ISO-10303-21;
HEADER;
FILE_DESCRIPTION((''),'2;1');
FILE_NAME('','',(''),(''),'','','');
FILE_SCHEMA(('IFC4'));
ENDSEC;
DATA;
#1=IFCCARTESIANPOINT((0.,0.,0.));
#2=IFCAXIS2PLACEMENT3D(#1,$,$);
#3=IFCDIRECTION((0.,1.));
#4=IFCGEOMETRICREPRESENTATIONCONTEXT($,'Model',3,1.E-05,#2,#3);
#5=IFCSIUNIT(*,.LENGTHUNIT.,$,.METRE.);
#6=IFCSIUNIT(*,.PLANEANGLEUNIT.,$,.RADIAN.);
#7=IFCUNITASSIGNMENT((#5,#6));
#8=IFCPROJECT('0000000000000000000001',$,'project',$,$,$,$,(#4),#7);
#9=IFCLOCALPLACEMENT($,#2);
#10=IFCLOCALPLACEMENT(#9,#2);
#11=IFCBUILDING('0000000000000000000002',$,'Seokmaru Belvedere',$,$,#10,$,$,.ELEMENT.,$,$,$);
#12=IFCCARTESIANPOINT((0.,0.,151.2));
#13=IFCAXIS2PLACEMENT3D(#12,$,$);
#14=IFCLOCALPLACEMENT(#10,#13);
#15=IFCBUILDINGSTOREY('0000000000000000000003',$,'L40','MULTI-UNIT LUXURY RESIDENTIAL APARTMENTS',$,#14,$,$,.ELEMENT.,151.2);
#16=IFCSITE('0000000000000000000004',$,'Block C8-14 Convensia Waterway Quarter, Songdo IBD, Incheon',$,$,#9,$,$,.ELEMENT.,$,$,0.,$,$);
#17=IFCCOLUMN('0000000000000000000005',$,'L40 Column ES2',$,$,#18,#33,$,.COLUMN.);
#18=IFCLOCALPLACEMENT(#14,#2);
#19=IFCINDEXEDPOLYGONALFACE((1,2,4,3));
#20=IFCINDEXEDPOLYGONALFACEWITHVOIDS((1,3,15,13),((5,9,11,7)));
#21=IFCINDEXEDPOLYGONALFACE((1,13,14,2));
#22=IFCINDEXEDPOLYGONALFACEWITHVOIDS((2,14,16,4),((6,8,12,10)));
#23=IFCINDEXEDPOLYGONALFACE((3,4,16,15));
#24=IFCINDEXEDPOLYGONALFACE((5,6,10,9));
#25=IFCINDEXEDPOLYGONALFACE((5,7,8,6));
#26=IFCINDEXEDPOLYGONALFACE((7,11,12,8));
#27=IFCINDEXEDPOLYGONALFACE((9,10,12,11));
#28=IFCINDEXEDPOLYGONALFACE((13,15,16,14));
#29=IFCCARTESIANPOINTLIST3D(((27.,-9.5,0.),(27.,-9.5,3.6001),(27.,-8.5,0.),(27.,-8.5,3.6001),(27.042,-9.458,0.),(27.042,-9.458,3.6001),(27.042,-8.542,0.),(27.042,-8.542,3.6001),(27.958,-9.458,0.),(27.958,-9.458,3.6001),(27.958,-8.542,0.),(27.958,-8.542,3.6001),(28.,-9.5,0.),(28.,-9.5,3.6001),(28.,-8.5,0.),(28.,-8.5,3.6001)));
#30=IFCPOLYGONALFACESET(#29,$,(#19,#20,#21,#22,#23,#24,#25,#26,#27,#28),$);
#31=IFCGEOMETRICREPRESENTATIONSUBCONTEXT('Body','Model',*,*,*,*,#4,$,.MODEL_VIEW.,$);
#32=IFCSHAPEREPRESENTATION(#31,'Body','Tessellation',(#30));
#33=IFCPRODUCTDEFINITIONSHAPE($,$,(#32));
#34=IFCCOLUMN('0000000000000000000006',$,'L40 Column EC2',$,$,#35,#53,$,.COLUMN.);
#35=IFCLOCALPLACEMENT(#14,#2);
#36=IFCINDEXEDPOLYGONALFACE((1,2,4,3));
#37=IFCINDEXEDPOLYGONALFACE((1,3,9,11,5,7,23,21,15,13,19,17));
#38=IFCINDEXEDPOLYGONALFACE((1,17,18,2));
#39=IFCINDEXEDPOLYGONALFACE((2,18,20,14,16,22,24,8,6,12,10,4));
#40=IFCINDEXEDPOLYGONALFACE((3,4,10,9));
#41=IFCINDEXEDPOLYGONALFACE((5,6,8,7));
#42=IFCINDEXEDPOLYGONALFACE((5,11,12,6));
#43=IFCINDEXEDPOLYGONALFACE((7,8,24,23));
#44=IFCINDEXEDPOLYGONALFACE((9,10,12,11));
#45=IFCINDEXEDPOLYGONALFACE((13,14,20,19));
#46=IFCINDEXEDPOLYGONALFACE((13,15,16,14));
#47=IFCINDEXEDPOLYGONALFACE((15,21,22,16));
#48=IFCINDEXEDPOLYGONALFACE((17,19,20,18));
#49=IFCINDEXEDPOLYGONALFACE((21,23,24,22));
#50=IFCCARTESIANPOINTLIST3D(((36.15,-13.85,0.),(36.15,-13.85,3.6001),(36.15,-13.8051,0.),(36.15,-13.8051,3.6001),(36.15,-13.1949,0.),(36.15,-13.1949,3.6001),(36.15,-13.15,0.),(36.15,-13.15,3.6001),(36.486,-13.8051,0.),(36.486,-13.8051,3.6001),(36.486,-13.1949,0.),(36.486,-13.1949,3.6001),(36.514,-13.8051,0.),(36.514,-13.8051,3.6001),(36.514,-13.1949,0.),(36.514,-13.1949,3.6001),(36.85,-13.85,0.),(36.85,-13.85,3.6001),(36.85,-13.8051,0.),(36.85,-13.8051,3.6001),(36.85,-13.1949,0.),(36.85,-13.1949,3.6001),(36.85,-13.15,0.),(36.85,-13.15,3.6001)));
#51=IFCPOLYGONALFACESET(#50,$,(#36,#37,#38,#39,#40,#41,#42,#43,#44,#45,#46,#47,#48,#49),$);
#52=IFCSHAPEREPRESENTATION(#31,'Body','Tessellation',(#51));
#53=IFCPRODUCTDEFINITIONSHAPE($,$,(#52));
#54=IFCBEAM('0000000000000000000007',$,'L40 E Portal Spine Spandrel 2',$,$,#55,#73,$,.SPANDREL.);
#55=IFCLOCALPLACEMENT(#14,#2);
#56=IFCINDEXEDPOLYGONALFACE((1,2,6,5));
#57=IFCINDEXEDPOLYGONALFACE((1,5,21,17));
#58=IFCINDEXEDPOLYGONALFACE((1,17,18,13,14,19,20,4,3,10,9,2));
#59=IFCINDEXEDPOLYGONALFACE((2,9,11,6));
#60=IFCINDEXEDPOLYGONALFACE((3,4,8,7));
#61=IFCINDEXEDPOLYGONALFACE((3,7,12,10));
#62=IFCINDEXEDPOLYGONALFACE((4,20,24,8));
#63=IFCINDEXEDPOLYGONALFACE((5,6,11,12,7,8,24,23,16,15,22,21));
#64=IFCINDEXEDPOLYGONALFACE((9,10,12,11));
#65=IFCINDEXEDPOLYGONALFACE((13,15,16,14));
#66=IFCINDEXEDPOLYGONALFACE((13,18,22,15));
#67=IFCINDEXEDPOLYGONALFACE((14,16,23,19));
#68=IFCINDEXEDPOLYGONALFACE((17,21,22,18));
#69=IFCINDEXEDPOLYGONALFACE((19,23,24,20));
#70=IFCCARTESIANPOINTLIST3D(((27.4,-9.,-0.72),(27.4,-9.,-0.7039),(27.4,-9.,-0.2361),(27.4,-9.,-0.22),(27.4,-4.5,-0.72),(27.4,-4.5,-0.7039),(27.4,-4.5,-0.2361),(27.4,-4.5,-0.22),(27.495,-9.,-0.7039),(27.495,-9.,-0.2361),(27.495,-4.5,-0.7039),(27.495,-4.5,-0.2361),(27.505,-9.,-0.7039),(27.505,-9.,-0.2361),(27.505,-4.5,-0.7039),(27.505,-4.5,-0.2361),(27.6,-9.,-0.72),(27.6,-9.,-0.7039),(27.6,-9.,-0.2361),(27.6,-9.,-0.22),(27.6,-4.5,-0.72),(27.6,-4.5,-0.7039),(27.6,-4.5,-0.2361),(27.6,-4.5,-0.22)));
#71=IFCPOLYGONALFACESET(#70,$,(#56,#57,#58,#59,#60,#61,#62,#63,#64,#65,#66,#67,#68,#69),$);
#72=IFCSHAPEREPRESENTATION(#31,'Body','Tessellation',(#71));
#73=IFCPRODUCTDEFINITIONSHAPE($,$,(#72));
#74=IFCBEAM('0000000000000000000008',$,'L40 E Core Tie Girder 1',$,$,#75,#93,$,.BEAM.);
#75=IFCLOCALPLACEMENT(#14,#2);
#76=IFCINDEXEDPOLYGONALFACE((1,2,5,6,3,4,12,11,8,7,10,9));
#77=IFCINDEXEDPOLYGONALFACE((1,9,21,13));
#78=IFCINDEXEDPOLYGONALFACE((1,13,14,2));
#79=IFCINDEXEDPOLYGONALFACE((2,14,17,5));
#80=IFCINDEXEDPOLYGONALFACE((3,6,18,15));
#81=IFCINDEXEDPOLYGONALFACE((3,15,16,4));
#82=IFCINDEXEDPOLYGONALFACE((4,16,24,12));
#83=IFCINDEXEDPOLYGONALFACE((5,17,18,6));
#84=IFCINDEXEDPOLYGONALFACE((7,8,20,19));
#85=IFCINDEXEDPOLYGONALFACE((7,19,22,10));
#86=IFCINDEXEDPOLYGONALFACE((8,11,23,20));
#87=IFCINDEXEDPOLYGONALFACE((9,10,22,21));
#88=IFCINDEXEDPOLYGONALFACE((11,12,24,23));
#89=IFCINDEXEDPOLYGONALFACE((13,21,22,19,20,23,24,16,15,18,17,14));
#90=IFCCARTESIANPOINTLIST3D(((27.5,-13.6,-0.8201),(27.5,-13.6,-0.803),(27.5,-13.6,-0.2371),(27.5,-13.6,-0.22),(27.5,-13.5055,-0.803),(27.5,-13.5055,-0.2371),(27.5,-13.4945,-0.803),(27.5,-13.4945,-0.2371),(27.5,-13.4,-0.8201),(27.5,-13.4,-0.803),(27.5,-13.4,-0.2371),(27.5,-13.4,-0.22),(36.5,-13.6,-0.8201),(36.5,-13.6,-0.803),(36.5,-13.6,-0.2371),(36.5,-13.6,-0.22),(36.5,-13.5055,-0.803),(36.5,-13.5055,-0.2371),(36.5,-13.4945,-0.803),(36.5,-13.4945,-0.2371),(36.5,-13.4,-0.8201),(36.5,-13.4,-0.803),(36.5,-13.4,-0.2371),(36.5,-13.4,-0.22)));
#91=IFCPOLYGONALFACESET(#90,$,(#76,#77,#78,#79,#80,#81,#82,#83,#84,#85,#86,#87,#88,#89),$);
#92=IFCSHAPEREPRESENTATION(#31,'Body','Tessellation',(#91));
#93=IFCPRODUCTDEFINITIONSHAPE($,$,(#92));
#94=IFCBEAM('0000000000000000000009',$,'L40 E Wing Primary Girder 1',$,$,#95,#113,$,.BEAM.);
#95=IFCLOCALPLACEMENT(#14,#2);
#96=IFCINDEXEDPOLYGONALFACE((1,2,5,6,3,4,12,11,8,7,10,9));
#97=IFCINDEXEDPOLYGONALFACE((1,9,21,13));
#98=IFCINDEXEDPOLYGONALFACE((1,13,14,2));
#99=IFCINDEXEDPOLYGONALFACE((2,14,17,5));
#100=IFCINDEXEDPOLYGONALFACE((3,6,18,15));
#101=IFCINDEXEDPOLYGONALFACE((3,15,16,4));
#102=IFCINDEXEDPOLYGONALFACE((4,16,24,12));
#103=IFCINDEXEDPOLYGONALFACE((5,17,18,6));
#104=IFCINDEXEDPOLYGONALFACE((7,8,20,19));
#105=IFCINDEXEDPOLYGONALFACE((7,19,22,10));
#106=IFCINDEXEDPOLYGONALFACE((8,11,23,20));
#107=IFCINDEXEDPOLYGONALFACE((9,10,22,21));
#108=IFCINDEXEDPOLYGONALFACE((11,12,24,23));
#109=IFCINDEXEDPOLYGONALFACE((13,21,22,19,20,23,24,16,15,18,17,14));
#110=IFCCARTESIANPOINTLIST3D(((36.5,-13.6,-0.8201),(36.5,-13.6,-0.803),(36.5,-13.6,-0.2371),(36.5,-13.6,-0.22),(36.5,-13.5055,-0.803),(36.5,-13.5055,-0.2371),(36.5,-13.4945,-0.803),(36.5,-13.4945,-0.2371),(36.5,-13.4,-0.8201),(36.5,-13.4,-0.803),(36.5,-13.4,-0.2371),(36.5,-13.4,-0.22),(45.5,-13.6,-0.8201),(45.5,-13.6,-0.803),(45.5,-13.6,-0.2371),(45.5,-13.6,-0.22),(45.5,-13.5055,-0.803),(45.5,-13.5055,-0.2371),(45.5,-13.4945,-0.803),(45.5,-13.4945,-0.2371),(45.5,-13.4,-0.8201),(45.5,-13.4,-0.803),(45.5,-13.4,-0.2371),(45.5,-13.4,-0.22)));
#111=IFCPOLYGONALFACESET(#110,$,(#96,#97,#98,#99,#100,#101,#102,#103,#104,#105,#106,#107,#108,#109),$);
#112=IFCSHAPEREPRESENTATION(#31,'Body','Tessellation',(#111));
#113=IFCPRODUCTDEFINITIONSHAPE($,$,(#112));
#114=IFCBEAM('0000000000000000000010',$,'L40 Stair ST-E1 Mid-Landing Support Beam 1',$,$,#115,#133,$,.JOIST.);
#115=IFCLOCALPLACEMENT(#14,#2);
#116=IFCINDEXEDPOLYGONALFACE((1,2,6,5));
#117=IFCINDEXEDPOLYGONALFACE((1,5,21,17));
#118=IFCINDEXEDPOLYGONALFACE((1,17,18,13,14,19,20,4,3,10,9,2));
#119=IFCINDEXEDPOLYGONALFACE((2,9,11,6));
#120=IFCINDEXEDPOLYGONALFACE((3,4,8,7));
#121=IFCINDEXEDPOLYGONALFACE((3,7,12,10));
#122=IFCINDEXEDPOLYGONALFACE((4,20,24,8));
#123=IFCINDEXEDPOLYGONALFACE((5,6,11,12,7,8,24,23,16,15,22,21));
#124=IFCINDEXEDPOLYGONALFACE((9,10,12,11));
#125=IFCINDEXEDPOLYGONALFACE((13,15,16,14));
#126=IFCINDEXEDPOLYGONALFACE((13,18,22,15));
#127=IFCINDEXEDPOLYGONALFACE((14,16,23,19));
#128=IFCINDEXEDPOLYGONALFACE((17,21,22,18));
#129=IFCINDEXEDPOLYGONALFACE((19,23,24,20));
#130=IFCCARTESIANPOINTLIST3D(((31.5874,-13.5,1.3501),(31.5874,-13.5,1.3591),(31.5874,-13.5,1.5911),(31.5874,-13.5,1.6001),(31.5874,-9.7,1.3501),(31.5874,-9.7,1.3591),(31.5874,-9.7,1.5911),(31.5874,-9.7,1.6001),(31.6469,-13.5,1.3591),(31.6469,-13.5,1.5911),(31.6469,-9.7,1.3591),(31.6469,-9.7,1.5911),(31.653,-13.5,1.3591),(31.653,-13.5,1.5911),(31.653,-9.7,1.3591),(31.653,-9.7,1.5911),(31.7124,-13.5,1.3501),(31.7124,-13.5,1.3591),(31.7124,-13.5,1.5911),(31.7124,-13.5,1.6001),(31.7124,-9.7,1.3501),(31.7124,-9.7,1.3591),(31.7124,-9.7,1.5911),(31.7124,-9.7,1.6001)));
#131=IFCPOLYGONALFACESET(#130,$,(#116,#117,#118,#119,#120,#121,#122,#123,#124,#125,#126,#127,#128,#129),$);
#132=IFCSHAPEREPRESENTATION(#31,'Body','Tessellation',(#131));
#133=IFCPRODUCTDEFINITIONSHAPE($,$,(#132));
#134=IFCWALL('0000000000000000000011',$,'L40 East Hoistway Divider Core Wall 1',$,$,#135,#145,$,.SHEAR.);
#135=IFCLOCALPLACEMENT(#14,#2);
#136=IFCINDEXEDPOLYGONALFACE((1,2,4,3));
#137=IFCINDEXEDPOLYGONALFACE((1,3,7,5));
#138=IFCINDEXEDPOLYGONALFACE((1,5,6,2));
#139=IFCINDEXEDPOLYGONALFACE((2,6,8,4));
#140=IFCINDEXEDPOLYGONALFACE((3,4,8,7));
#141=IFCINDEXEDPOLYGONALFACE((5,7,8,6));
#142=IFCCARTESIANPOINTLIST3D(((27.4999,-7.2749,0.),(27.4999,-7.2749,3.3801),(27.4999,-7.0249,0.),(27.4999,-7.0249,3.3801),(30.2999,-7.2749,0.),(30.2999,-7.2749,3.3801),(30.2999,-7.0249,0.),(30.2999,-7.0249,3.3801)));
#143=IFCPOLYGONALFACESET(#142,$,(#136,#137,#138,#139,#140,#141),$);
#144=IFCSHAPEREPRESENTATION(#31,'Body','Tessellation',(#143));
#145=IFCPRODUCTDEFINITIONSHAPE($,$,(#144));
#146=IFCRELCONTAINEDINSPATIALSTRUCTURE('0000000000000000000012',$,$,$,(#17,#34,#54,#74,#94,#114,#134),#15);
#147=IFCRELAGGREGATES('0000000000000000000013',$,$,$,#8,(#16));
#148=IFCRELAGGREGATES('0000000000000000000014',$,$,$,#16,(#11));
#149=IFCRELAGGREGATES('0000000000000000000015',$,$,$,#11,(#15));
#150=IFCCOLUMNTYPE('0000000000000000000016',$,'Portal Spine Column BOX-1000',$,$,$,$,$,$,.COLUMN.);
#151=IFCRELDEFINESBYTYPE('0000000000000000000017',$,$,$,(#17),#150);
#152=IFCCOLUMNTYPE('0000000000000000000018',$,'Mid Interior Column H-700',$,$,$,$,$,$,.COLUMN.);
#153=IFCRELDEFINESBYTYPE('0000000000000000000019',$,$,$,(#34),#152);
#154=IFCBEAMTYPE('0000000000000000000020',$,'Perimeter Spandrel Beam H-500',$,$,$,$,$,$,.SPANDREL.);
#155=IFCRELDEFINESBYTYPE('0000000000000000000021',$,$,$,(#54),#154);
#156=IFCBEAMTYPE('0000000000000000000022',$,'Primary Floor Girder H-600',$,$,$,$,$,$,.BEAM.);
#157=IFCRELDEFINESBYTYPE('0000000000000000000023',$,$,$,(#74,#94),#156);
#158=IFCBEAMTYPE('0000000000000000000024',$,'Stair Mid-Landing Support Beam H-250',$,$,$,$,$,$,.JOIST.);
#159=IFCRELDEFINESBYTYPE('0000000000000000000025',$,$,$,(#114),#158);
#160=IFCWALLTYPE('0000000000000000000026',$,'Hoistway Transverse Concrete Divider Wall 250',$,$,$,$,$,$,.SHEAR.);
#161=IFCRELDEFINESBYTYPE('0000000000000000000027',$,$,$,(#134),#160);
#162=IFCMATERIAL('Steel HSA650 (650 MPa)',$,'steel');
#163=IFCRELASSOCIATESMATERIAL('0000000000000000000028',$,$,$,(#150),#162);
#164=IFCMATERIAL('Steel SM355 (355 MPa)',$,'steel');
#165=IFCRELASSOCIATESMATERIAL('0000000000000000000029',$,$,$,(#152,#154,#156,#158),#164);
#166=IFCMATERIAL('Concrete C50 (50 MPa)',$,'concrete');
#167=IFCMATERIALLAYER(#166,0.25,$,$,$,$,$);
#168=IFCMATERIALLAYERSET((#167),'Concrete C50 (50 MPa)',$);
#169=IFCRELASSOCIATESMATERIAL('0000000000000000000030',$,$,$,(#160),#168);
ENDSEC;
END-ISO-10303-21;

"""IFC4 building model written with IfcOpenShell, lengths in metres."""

from ifc_helpers import new_model, si_unit, direction, frame, frame_2d, origin, origin_2d, place, context, subcontext, project, spatial, rectangle, hollow_rectangle, i_section, extrude, source, transform, mapped, material, layer, layer_set, material_profile, profile_set, type_object, type_shapes, element, save


model = new_model("IFC4")

# Units and contexts
model_context = context("Model", 3, precision=1e-05, world=origin(), true_north=direction((0.0, 1.0)))
body_context = subcontext(model_context, "Body", "Model", "MODEL_VIEW")
ifc_project = project(units=[si_unit("LENGTHUNIT", "METRE"), si_unit("PLANEANGLEUNIT", "RADIAN")], contexts=[model_context])

# Site, building, storey
site_placement = place(None, origin())
site = spatial("IfcSite", under=ifc_project, at=site_placement, Name="Block C8-14 Convensia Waterway Quarter, Songdo IBD, Incheon", CompositionType="ELEMENT", RefElevation=0.0)
building_placement = place(site_placement, origin())
building = spatial("IfcBuilding", under=site, at=building_placement, Name="Seokmaru Belvedere", CompositionType="ELEMENT")
storey_placement = place(building_placement, frame((0.0, 0.0, 151.2)))
storey = spatial("IfcBuildingStorey", under=building, at=storey_placement, Name="L40", Description="MULTI-UNIT LUXURY RESIDENTIAL APARTMENTS", CompositionType="ELEMENT", Elevation=151.2)

# Columns
ifc_material_1 = material(Name="Steel HSA650 (650 MPa)", Category="steel")
ifc_material_profile_1 = material_profile(ifc_material_1, hollow_rectangle(XDim=1.0, YDim=1.0, WallThickness=0.042, at=origin_2d()), Name="BOX-1000x1000x42")
ifc_profile_set_1 = profile_set([ifc_material_profile_1], Name="Steel HSA650 (650 MPa)")
column_type_1 = type_object("IfcColumnType", Name="Portal Spine Column BOX-1000", PredefinedType="COLUMN", material=ifc_profile_set_1)
shared_shape_1 = source(origin(), body_context, "Body", "SweptSolid", [
    extrude(hollow_rectangle(XDim=1.0, YDim=1.0, WallThickness=0.042, at=origin_2d()), origin(), (0.0, 0.0, 1.0), 3.6001),
])
type_shapes(column_type_1, [shared_shape_1])
column_1_placement = place(storey_placement, frame((27.5, -9.0, 0.0), z_axis=(0.0, 0.0, 1.0), x_axis=(1.0, 0.0, 0.0)))
element("IfcColumn", 1, at=column_1_placement, inside=storey, type_object=column_type_1, Name="L40 Column ES2", PredefinedType="COLUMN", context=body_context, shape_type="MappedRepresentation", body=[
    mapped(shared_shape_1, transform((0.0, 0.0, 0.0), scale=1.0)),
])
ifc_material_2 = material(Name="Steel SM355 (355 MPa)", Category="steel")
ifc_material_profile_2 = material_profile(ifc_material_2, i_section(OverallWidth=0.7, OverallDepth=0.7, WebThickness=0.0281, FlangeThickness=0.0449, at=origin_2d()), Name="H-700x700x28x45")
ifc_profile_set_2 = profile_set([ifc_material_profile_2], Name="Steel SM355 (355 MPa)")
column_type_2 = type_object("IfcColumnType", Name="Mid Interior Column H-700", PredefinedType="COLUMN", material=ifc_profile_set_2)
shared_shape_2 = source(origin(), body_context, "Body", "SweptSolid", [
    extrude(i_section(OverallWidth=0.7, OverallDepth=0.7, WebThickness=0.0281, FlangeThickness=0.0449, at=origin_2d()), origin(), (0.0, 0.0, 1.0), 3.6001),
])
type_shapes(column_type_2, [shared_shape_2])
column_2_placement = place(storey_placement, frame((36.5, -13.5, 0.0), z_axis=(0.0, 0.0, 1.0), x_axis=(1.0, 0.0, 0.0)))
element("IfcColumn", 2, at=column_2_placement, inside=storey, type_object=column_type_2, Name="L40 Column EC2", PredefinedType="COLUMN", context=body_context, shape_type="MappedRepresentation", body=[
    mapped(shared_shape_2, transform((0.0, 0.0, 0.0), scale=1.0)),
])

# Beams
ifc_material_profile_3 = material_profile(ifc_material_2, i_section(OverallWidth=0.2, OverallDepth=0.5, WebThickness=0.01, FlangeThickness=0.0161, at=origin_2d()), Name="H-500x200x10x16")
ifc_profile_set_3 = profile_set([ifc_material_profile_3], Name="Steel SM355 (355 MPa)")
beam_type_1 = type_object("IfcBeamType", Name="Perimeter Spandrel Beam H-500", PredefinedType="SPANDREL", material=ifc_profile_set_3)
shared_shape_3 = source(origin(), body_context, "Body", "SweptSolid", [
    extrude(i_section(OverallWidth=0.2, OverallDepth=0.5, WebThickness=0.01, FlangeThickness=0.0161, at=origin_2d()), origin(), (0.0, 0.0, 1.0), 4.5),
])
type_shapes(beam_type_1, [shared_shape_3])
beam_1_placement = place(storey_placement, frame((27.5, -9.0, -0.47), z_axis=(0.0, 1.0, 0.0), x_axis=(-1.0, 0.0, 0.0)))
element("IfcBeam", 3, at=beam_1_placement, inside=storey, type_object=beam_type_1, Name="L40 E Portal Spine Spandrel 2", PredefinedType="SPANDREL", context=body_context, shape_type="MappedRepresentation", body=[
    mapped(shared_shape_3, transform((0.0, 0.0, 0.0), scale=1.0)),
])
ifc_material_profile_4 = material_profile(ifc_material_2, i_section(OverallWidth=0.2, OverallDepth=0.6001, WebThickness=0.011, FlangeThickness=0.0171, at=origin_2d()), Name="H-600x200x11x17")
ifc_profile_set_4 = profile_set([ifc_material_profile_4], Name="Steel SM355 (355 MPa)")
beam_type_2 = type_object("IfcBeamType", Name="Primary Floor Girder H-600", PredefinedType="BEAM", material=ifc_profile_set_4)
shared_shape_4 = source(origin(), body_context, "Body", "SweptSolid", [
    extrude(i_section(OverallWidth=0.2, OverallDepth=0.6001, WebThickness=0.011, FlangeThickness=0.0171, at=origin_2d()), origin(), (0.0, 0.0, 1.0), 9.0),
])
type_shapes(beam_type_2, [shared_shape_4])
for number, where, z_axis, x_axis, name in (
    (4, (27.5, -13.5, -0.52), (1.0, 0.0, 0.0), (0.0, 1.0, 0.0), "L40 E Core Tie Girder 1"),
    (5, (36.5, -13.5, -0.52), (1.0, 0.0, 0.0), (0.0, 1.0, 0.0), "L40 E Wing Primary Girder 1"),
):
    element("IfcBeam", number, at=place(storey_placement, frame(where, z_axis=z_axis, x_axis=x_axis)), inside=storey, type_object=beam_type_2, Name=name, PredefinedType="BEAM", context=body_context, shape_type="MappedRepresentation", body=[
        mapped(shared_shape_4, transform((0.0, 0.0, 0.0), scale=1.0)),
    ])
ifc_material_profile_5 = material_profile(ifc_material_2, i_section(OverallWidth=0.125, OverallDepth=0.25, WebThickness=0.0061, FlangeThickness=0.009, at=origin_2d()), Name="H-250x125x6x9")
ifc_profile_set_5 = profile_set([ifc_material_profile_5], Name="Steel SM355 (355 MPa)")
beam_type_3 = type_object("IfcBeamType", Name="Stair Mid-Landing Support Beam H-250", PredefinedType="JOIST", material=ifc_profile_set_5)
shared_shape_5 = source(origin(), body_context, "Body", "SweptSolid", [
    extrude(i_section(OverallWidth=0.125, OverallDepth=0.25, WebThickness=0.0061, FlangeThickness=0.009, at=origin_2d()), origin(), (0.0, 0.0, 1.0), 3.8),
])
type_shapes(beam_type_3, [shared_shape_5])
beam_2_placement = place(storey_placement, frame((31.6499, -13.5, 1.4751), z_axis=(0.0, 1.0, 0.0), x_axis=(-1.0, 0.0, 0.0)))
element("IfcBeam", 6, at=beam_2_placement, inside=storey, type_object=beam_type_3, Name="L40 Stair ST-E1 Mid-Landing Support Beam 1", PredefinedType="JOIST", context=body_context, shape_type="MappedRepresentation", body=[
    mapped(shared_shape_5, transform((0.0, 0.0, 0.0), scale=1.0)),
])

# Wall
ifc_material_3 = material(Name="Concrete C50 (50 MPa)", Category="concrete")
ifc_layer_1 = layer(ifc_material_3, 0.25)
ifc_layer_set_1 = layer_set([ifc_layer_1], Name="Concrete C50 (50 MPa)")
wall_type_1 = type_object("IfcWallType", Name="Hoistway Transverse Concrete Divider Wall 250", PredefinedType="SHEAR", material=ifc_layer_set_1)
wall_1_placement = place(storey_placement, frame((27.5, -7.1499, 0.0), z_axis=(0.0, 0.0, 1.0), x_axis=(1.0, 0.0, 0.0)))
element("IfcWall", 7, at=wall_1_placement, inside=storey, type_object=wall_type_1, Name="L40 East Hoistway Divider Core Wall 1", PredefinedType="SHEAR", context=body_context, shape_type="SweptSolid", body=[
    extrude(rectangle(XDim=2.8, YDim=0.25, at=frame_2d((1.3999, 0.0))), origin(), (0.0, 0.0, 1.0), 3.3801),
])

save(model, "model.ifc")
